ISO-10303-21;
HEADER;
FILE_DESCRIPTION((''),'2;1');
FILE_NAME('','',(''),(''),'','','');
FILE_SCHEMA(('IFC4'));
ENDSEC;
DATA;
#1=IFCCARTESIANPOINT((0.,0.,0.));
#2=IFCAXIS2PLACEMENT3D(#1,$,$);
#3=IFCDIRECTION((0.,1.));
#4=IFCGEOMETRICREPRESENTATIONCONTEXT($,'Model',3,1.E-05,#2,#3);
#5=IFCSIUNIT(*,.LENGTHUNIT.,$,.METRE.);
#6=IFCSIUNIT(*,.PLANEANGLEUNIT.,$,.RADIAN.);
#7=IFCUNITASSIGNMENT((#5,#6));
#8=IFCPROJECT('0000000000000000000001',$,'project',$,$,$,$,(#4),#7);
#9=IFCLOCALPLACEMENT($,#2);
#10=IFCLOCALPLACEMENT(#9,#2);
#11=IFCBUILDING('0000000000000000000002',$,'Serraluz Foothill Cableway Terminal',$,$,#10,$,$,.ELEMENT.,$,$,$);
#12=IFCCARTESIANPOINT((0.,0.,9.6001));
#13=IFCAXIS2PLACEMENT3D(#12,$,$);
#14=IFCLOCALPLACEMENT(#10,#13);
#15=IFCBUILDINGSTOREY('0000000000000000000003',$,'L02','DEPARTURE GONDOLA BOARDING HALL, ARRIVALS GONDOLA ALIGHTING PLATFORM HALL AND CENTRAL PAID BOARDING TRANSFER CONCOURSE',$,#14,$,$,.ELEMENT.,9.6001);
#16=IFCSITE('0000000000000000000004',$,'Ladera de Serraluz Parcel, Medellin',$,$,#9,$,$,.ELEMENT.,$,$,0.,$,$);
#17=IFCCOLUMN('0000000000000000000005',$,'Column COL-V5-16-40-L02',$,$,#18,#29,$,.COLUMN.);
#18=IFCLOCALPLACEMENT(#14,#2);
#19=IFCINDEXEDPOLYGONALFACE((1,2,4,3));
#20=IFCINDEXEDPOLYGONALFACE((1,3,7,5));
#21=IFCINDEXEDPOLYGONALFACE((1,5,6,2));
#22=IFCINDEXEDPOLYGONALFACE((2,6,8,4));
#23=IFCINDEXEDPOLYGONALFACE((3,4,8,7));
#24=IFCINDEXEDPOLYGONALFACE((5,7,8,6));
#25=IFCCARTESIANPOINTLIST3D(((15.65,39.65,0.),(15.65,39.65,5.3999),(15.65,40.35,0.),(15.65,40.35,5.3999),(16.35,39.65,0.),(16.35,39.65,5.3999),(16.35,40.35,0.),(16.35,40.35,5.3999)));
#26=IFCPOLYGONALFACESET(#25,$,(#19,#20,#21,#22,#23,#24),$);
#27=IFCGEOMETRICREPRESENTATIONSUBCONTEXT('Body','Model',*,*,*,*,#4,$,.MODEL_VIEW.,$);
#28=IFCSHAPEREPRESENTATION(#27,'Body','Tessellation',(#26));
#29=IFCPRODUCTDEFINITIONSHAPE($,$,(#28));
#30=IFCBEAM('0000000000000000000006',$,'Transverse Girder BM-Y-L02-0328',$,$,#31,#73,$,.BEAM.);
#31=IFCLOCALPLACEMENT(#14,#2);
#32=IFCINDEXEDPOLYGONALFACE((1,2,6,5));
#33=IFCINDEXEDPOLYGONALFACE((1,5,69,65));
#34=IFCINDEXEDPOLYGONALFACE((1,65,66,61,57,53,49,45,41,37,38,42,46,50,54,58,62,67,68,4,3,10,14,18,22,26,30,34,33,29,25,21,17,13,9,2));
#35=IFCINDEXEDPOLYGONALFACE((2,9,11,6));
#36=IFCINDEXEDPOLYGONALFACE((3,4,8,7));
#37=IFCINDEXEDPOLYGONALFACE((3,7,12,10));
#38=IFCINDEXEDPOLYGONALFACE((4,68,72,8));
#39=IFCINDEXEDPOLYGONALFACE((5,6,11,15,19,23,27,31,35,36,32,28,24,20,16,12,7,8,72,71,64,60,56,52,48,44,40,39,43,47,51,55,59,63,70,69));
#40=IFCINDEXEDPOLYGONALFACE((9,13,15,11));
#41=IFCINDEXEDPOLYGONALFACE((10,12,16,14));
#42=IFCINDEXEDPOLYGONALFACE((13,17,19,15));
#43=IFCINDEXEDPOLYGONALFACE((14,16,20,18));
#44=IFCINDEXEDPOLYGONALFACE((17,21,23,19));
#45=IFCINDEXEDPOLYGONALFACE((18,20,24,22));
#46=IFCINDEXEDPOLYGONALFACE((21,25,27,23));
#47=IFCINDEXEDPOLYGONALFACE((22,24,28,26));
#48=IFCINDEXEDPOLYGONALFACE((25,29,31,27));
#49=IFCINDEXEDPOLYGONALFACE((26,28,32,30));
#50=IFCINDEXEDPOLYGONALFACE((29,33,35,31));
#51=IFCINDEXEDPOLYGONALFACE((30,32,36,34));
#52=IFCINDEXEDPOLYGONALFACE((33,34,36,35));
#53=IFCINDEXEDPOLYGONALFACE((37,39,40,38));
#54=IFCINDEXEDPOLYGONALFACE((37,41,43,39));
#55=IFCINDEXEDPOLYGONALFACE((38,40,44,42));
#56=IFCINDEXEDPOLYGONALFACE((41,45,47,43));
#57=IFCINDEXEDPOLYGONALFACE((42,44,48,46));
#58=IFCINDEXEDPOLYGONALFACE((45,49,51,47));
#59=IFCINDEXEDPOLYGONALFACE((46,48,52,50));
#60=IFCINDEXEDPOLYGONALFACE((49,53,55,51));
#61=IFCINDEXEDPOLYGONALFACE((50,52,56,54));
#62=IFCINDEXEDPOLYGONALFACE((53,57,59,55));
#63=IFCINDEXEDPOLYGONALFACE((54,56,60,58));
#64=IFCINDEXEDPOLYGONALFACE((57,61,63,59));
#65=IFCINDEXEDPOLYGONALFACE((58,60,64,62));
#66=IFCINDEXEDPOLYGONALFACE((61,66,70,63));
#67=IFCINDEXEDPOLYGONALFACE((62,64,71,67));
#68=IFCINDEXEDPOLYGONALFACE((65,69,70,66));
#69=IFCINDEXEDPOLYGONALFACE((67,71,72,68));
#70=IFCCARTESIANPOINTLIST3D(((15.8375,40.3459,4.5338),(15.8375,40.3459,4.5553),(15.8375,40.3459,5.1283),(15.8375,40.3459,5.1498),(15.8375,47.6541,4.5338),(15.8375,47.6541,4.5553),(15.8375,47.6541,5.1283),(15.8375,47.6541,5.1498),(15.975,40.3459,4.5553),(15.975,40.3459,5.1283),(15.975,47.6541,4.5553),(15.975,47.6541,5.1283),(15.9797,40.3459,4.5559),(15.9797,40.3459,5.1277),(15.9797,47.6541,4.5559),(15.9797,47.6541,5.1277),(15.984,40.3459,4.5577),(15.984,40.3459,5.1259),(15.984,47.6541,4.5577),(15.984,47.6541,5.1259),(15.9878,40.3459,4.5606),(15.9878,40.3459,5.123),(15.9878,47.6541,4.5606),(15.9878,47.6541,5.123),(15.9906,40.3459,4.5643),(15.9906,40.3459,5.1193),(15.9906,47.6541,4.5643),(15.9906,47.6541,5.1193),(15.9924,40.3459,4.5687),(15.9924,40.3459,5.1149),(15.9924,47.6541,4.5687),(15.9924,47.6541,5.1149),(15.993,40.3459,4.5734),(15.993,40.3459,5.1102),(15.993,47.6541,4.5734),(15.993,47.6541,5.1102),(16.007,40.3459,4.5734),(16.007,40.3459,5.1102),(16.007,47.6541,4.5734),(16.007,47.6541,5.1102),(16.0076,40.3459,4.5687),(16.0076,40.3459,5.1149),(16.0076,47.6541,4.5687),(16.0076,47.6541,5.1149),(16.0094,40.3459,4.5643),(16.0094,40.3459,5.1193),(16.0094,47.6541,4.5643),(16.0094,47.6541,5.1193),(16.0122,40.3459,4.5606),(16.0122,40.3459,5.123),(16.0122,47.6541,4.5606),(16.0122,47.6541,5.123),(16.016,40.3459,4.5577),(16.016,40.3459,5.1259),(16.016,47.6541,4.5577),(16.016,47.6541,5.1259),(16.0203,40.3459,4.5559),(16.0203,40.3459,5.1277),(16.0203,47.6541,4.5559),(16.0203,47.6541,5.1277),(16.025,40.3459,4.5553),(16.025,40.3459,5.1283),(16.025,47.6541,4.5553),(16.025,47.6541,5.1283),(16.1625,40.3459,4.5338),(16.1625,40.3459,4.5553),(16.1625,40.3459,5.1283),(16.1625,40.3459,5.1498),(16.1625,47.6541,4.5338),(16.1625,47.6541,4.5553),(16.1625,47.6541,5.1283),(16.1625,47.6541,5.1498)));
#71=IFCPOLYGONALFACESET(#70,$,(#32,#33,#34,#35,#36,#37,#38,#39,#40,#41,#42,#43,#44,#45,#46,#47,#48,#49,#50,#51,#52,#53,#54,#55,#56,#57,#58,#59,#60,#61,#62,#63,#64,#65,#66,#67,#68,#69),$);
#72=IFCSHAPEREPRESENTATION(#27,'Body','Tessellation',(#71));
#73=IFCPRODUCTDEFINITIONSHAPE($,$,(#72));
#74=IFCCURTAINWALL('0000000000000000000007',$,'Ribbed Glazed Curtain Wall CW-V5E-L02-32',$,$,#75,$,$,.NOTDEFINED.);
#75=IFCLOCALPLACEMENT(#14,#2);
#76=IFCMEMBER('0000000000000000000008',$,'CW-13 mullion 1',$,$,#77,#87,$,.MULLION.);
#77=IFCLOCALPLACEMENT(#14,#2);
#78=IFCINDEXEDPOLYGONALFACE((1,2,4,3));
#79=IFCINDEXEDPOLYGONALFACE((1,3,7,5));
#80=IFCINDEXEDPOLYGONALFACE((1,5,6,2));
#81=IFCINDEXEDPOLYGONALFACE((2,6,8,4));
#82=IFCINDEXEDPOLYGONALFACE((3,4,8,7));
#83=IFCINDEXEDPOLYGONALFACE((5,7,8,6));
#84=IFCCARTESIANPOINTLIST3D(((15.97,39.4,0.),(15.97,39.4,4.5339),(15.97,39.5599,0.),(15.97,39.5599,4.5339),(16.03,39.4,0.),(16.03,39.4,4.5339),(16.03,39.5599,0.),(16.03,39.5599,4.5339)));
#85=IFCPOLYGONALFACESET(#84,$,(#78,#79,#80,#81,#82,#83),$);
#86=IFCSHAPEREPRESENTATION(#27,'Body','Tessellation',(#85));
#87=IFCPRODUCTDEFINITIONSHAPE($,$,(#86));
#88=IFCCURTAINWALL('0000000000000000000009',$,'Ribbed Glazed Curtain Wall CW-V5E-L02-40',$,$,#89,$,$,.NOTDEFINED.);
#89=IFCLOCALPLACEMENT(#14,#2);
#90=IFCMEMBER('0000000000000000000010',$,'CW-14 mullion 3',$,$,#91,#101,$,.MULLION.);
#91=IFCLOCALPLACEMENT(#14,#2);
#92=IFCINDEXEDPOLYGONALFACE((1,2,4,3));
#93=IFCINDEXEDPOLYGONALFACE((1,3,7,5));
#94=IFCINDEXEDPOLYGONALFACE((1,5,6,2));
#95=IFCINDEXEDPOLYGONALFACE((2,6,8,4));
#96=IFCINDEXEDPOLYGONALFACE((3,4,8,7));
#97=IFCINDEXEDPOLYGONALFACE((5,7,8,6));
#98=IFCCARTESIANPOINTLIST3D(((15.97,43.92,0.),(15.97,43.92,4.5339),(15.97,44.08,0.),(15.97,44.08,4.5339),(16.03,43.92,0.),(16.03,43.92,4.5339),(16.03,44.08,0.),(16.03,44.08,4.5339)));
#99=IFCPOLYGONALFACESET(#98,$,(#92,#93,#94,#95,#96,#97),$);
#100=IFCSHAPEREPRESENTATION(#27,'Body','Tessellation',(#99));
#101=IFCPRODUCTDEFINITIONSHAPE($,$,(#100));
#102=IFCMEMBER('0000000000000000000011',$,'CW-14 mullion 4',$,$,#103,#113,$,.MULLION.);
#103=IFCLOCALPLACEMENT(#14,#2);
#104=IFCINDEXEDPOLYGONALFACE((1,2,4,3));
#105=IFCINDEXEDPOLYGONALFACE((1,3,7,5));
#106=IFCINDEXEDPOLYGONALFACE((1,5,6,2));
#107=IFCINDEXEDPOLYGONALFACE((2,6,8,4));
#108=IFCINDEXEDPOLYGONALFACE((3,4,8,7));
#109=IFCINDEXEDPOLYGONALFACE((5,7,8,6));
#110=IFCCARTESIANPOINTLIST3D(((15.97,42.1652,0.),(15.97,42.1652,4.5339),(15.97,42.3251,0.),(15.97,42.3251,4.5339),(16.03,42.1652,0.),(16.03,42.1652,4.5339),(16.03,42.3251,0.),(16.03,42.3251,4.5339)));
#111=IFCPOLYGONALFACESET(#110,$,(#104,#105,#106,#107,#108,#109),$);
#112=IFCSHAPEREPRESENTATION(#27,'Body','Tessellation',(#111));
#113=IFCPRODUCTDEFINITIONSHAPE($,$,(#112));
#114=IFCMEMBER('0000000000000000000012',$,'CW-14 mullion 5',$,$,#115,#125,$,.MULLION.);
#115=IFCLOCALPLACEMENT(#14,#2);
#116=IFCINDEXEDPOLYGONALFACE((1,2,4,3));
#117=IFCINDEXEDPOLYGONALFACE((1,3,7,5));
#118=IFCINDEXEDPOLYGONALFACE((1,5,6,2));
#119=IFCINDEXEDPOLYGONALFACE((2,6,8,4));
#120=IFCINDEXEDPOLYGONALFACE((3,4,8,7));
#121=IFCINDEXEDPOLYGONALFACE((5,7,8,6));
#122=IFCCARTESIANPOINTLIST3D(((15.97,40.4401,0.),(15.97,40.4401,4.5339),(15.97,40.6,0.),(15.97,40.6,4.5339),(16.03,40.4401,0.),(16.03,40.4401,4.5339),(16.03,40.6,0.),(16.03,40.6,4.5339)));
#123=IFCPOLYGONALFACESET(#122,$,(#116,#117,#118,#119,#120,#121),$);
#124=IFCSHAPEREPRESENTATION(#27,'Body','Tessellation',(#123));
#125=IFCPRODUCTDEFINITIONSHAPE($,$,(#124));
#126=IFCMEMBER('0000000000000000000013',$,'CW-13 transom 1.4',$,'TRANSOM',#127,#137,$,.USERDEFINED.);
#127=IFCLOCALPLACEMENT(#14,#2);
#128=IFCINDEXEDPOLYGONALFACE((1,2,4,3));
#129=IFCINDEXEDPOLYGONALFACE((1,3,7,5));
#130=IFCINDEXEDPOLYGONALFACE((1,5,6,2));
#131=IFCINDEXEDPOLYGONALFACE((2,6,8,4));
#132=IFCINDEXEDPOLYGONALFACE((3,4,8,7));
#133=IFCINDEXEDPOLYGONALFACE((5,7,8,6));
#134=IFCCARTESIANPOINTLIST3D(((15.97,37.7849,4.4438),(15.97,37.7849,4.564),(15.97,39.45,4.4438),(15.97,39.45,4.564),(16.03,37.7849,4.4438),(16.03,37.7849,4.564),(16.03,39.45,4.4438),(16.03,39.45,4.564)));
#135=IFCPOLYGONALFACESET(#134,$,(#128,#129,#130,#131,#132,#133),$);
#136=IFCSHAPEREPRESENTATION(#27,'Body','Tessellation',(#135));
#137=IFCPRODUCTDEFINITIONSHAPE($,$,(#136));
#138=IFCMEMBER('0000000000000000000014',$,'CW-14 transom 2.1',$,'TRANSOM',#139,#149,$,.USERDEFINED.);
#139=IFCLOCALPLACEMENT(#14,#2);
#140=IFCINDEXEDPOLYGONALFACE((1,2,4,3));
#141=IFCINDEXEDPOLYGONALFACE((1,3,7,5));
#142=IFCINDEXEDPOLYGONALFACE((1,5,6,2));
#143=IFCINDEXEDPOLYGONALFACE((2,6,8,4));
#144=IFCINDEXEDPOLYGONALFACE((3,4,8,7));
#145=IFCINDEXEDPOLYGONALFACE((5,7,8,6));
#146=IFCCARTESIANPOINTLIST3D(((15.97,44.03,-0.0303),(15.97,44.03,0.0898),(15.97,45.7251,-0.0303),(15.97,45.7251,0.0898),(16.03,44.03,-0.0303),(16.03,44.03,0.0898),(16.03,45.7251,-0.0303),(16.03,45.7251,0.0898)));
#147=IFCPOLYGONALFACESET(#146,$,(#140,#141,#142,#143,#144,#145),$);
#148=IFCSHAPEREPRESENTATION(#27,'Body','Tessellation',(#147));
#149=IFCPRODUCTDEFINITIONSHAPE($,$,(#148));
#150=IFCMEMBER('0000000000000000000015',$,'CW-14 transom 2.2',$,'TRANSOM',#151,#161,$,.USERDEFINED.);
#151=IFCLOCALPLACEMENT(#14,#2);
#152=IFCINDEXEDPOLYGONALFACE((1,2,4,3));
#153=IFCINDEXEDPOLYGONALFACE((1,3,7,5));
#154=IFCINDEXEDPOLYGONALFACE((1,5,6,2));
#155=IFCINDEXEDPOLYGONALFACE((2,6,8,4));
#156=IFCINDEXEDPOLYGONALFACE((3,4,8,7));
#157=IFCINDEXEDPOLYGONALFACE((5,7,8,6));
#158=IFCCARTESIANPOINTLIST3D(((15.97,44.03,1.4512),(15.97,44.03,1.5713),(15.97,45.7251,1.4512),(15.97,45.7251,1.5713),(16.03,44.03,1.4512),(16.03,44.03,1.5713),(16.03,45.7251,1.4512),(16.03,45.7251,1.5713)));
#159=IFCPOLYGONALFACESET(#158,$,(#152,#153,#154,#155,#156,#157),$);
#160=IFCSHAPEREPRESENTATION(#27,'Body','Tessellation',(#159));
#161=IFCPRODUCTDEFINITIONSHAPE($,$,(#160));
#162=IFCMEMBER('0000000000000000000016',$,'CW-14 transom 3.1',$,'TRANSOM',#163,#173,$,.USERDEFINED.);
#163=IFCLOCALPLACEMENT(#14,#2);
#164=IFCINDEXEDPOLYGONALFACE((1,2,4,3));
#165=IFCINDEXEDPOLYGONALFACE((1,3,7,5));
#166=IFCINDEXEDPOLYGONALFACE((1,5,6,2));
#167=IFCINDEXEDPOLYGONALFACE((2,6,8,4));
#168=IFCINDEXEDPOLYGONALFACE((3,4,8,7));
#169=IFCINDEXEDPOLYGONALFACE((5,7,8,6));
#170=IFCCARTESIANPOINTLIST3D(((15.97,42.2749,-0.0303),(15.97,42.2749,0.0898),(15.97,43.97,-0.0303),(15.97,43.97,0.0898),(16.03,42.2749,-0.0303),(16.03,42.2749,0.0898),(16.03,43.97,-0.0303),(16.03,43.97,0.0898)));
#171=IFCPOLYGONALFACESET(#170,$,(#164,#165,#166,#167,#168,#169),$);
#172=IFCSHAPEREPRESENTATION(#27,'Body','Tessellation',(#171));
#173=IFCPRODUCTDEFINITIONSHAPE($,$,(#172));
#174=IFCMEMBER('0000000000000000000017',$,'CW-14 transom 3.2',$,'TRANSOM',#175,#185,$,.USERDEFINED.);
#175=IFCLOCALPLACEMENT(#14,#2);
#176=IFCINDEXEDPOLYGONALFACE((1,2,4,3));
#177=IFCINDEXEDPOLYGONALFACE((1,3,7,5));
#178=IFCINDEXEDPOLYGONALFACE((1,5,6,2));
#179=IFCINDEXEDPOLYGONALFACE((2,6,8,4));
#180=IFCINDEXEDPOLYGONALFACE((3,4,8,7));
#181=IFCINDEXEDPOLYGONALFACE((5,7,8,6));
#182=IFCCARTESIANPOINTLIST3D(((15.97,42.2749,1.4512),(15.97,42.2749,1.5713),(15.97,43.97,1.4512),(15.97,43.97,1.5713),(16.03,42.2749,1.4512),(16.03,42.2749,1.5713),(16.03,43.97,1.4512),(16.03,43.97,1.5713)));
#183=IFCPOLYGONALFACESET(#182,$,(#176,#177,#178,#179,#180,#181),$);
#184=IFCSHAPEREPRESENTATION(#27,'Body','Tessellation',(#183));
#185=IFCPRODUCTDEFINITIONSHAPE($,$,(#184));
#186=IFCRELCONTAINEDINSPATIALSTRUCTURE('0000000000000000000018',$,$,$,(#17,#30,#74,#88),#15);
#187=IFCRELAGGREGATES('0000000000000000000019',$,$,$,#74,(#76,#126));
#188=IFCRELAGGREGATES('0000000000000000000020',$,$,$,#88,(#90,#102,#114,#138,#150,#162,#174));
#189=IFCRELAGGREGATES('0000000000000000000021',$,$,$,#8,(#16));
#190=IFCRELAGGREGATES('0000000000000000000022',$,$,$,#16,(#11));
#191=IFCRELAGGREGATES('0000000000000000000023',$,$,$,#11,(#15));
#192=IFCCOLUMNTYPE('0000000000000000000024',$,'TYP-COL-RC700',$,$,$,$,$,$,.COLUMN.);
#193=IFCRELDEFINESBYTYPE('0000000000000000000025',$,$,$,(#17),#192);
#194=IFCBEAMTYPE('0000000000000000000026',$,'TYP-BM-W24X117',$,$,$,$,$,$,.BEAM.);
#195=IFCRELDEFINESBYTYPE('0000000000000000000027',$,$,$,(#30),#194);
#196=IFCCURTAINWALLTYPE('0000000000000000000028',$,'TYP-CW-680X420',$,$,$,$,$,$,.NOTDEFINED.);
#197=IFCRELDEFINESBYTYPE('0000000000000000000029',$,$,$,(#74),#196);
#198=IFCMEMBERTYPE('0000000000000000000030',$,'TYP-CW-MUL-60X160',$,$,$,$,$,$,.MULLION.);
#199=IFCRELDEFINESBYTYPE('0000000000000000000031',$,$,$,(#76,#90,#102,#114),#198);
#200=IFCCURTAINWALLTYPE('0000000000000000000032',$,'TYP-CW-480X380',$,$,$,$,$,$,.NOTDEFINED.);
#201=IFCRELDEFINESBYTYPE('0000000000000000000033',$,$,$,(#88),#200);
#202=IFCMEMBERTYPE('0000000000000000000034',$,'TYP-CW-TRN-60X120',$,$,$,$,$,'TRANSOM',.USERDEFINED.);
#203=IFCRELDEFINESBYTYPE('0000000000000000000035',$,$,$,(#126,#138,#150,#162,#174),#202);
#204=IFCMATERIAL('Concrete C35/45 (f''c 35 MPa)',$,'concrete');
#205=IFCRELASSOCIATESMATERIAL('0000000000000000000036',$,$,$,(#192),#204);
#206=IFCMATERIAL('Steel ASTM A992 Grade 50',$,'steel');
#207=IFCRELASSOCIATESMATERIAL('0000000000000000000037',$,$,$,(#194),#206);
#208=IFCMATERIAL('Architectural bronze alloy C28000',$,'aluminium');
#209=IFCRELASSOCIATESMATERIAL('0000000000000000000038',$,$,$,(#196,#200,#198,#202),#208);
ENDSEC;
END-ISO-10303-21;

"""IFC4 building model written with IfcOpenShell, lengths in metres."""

from ifc_helpers import new_model, si_unit, direction, frame, origin, origin_2d, place, context, subcontext, project, spatial, rectangle, i_section, extrude, material, material_profile, profile_set, type_object, element, aggregate, save


model = new_model("IFC4")

# Units and contexts
model_context = context("Model", 3, precision=1e-05, world=origin(), true_north=direction((0.0, 1.0)))
body_context = subcontext(model_context, "Body", "Model", "MODEL_VIEW")
ifc_project = project(units=[si_unit("LENGTHUNIT", "METRE"), si_unit("PLANEANGLEUNIT", "RADIAN")], contexts=[model_context])

# Site, building, storey
site_placement = place(None, origin())
site = spatial("IfcSite", under=ifc_project, at=site_placement, Name="Ladera de Serraluz Parcel, Medellin", CompositionType="ELEMENT", RefElevation=0.0)
building_placement = place(site_placement, origin())
building = spatial("IfcBuilding", under=site, at=building_placement, Name="Serraluz Foothill Cableway Terminal", CompositionType="ELEMENT")
storey_placement = place(building_placement, frame((0.0, 0.0, 9.6001)))
storey = spatial("IfcBuildingStorey", under=building, at=storey_placement, Name="L02", Description="DEPARTURE GONDOLA BOARDING HALL, ARRIVALS GONDOLA ALIGHTING PLATFORM HALL AND CENTRAL PAID BOARDING TRANSFER CONCOURSE", CompositionType="ELEMENT", Elevation=9.6001)

# Column
ifc_material_1 = material(Name="Concrete C35/45 (f'c 35 MPa)", Category="concrete")
ifc_material_profile_1 = material_profile(ifc_material_1, rectangle(XDim=0.7, YDim=0.7, at=origin_2d()), Name="RC 700x700")
ifc_profile_set_1 = profile_set([ifc_material_profile_1], Name="Concrete C35/45 (f'c 35 MPa)")
column_type = type_object("IfcColumnType", Name="TYP-COL-RC700", PredefinedType="COLUMN", material=ifc_profile_set_1)
column_placement = place(storey_placement, frame((16.0, 40.0, 0.0), z_axis=(0.0, 0.0, 1.0), x_axis=(1.0, 0.0, 0.0)))
element("IfcColumn", 1, at=column_placement, inside=storey, type_object=column_type, Name="Column COL-V5-16-40-L02", PredefinedType="COLUMN", context=body_context, shape_type="SweptSolid", body=[
    extrude(rectangle(XDim=0.7, YDim=0.7, at=origin_2d()), origin(), (0.0, 0.0, 1.0), 5.3999),
])

# Beam
ifc_material_2 = material(Name="Steel ASTM A992 Grade 50", Category="steel")
ifc_material_profile_2 = material_profile(ifc_material_2, i_section(OverallWidth=0.325, OverallDepth=0.616, WebThickness=0.0139, FlangeThickness=0.0215, FilletRadius=0.0181, at=origin_2d()), Name="W24X117")
ifc_profile_set_2 = profile_set([ifc_material_profile_2], Name="Steel ASTM A992 Grade 50")
beam_type = type_object("IfcBeamType", Name="TYP-BM-W24X117", PredefinedType="BEAM", material=ifc_profile_set_2)
beam_placement = place(storey_placement, frame((16.0, 40.3459, 4.8418), z_axis=(0.0, 1.0, 0.0), x_axis=(-1.0, 0.0, 0.0)))
element("IfcBeam", 2, at=beam_placement, inside=storey, type_object=beam_type, Name="Transverse Girder BM-Y-L02-0328", PredefinedType="BEAM", context=body_context, shape_type="SweptSolid", body=[
    extrude(i_section(OverallWidth=0.325, OverallDepth=0.616, WebThickness=0.0139, FlangeThickness=0.0215, FilletRadius=0.0181, at=origin_2d()), origin(), (0.0, 0.0, 1.0), 7.3081),
])

# Curtain wall, member
ifc_material_3 = material(Name="Architectural bronze alloy C28000", Category="aluminium")
curtain_wall_type_1 = type_object("IfcCurtainWallType", Name="TYP-CW-680X420", PredefinedType="NOTDEFINED", material=ifc_material_3)
curtain_wall_1_placement = place(storey_placement, origin())
curtain_wall_1 = element("IfcCurtainWall", 3, at=curtain_wall_1_placement, inside=storey, type_object=curtain_wall_type_1, Name="Ribbed Glazed Curtain Wall CW-V5E-L02-32", PredefinedType="NOTDEFINED")
ifc_material_profile_3 = material_profile(ifc_material_3, rectangle(XDim=0.0601, YDim=0.1599, at=origin_2d()), Name="ALU MULLION 60x160")
ifc_profile_set_3 = profile_set([ifc_material_profile_3], Name="Architectural bronze alloy C28000")
member_type_1 = type_object("IfcMemberType", Name="TYP-CW-MUL-60X160", PredefinedType="MULLION", material=ifc_profile_set_3)
member_1_placement = place(storey_placement, frame((16.0, 39.48, 0.0), z_axis=(0.0, 0.0, 1.0), x_axis=(1.0, 0.0, 0.0)))
member_1 = element("IfcMember", 4, at=member_1_placement, type_object=member_type_1, Name="CW-13 mullion 1", PredefinedType="MULLION", context=body_context, shape_type="SweptSolid", body=[
    extrude(rectangle(XDim=0.0601, YDim=0.1599, at=origin_2d()), origin(), (0.0, 0.0, 1.0), 4.5339),
])

# Curtain wall, members
curtain_wall_type_2 = type_object("IfcCurtainWallType", Name="TYP-CW-480X380", PredefinedType="NOTDEFINED", material=ifc_material_3)
curtain_wall_2_placement = place(storey_placement, origin())
curtain_wall_2 = element("IfcCurtainWall", 5, at=curtain_wall_2_placement, inside=storey, type_object=curtain_wall_type_2, Name="Ribbed Glazed Curtain Wall CW-V5E-L02-40", PredefinedType="NOTDEFINED")
member_2_placement = place(storey_placement, frame((16.0, 44.0, 0.0), z_axis=(0.0, 0.0, 1.0), x_axis=(1.0, 0.0, 0.0)))
member_2 = element("IfcMember", 6, at=member_2_placement, type_object=member_type_1, Name="CW-14 mullion 3", PredefinedType="MULLION", context=body_context, shape_type="SweptSolid", body=[
    extrude(rectangle(XDim=0.0601, YDim=0.1599, at=origin_2d()), origin(), (0.0, 0.0, 1.0), 4.5339),
])
member_3_placement = place(storey_placement, frame((16.0, 42.2451, 0.0), z_axis=(0.0, 0.0, 1.0), x_axis=(1.0, 0.0, 0.0)))
member_3 = element("IfcMember", 7, at=member_3_placement, type_object=member_type_1, Name="CW-14 mullion 4", PredefinedType="MULLION", context=body_context, shape_type="SweptSolid", body=[
    extrude(rectangle(XDim=0.0601, YDim=0.1599, at=origin_2d()), origin(), (0.0, 0.0, 1.0), 4.5339),
])
member_4_placement = place(storey_placement, frame((16.0, 40.52, 0.0), z_axis=(0.0, 0.0, 1.0), x_axis=(1.0, 0.0, 0.0)))
member_4 = element("IfcMember", 8, at=member_4_placement, type_object=member_type_1, Name="CW-14 mullion 5", PredefinedType="MULLION", context=body_context, shape_type="SweptSolid", body=[
    extrude(rectangle(XDim=0.0601, YDim=0.1599, at=origin_2d()), origin(), (0.0, 0.0, 1.0), 4.5339),
])

# Members
ifc_material_profile_4 = material_profile(ifc_material_3, rectangle(XDim=0.0601, YDim=0.1201, at=origin_2d()), Name="ALU TRANSOM 60x120")
ifc_profile_set_4 = profile_set([ifc_material_profile_4], Name="Architectural bronze alloy C28000")
member_type_2 = type_object("IfcMemberType", Name="TYP-CW-TRN-60X120", ElementType="TRANSOM", PredefinedType="USERDEFINED", material=ifc_profile_set_4)
member_5_placement = place(storey_placement, frame((16.0, 39.45, 4.5039), z_axis=(0.0, -1.0, 0.0), x_axis=(1.0, 0.0, 0.0)))
member_5 = element("IfcMember", 9, at=member_5_placement, type_object=member_type_2, Name="CW-13 transom 1.4", ObjectType="TRANSOM", PredefinedType="USERDEFINED", context=body_context, shape_type="SweptSolid", body=[
    extrude(rectangle(XDim=0.0601, YDim=0.1201, at=origin_2d()), origin(), (0.0, 0.0, 1.0), 1.665),
])
aggregate(curtain_wall_1, [member_1, member_5])
member_6_placement = place(storey_placement, frame((16.0, 45.7251, 0.0298), z_axis=(0.0, -1.0, 0.0), x_axis=(1.0, 0.0, 0.0)))
member_6 = element("IfcMember", 10, at=member_6_placement, type_object=member_type_2, Name="CW-14 transom 2.1", ObjectType="TRANSOM", PredefinedType="USERDEFINED", context=body_context, shape_type="SweptSolid", body=[
    extrude(rectangle(XDim=0.0601, YDim=0.1201, at=origin_2d()), origin(), (0.0, 0.0, 1.0), 1.6951),
])
member_7_placement = place(storey_placement, frame((16.0, 45.7251, 1.5112), z_axis=(0.0, -1.0, 0.0), x_axis=(1.0, 0.0, 0.0)))
member_7 = element("IfcMember", 11, at=member_7_placement, type_object=member_type_2, Name="CW-14 transom 2.2", ObjectType="TRANSOM", PredefinedType="USERDEFINED", context=body_context, shape_type="SweptSolid", body=[
    extrude(rectangle(XDim=0.0601, YDim=0.1201, at=origin_2d()), origin(), (0.0, 0.0, 1.0), 1.6951),
])
member_8_placement = place(storey_placement, frame((16.0, 43.97, 0.0298), z_axis=(0.0, -1.0, 0.0), x_axis=(1.0, 0.0, 0.0)))
member_8 = element("IfcMember", 12, at=member_8_placement, type_object=member_type_2, Name="CW-14 transom 3.1", ObjectType="TRANSOM", PredefinedType="USERDEFINED", context=body_context, shape_type="SweptSolid", body=[
    extrude(rectangle(XDim=0.0601, YDim=0.1201, at=origin_2d()), origin(), (0.0, 0.0, 1.0), 1.6951),
])
member_9_placement = place(storey_placement, frame((16.0, 43.97, 1.5112), z_axis=(0.0, -1.0, 0.0), x_axis=(1.0, 0.0, 0.0)))
member_9 = element("IfcMember", 13, at=member_9_placement, type_object=member_type_2, Name="CW-14 transom 3.2", ObjectType="TRANSOM", PredefinedType="USERDEFINED", context=body_context, shape_type="SweptSolid", body=[
    extrude(rectangle(XDim=0.0601, YDim=0.1201, at=origin_2d()), origin(), (0.0, 0.0, 1.0), 1.6951),
])

aggregate(curtain_wall_2, [member_2, member_3, member_4, member_6, member_7, member_8, member_9])

save(model, "model.ifc")
